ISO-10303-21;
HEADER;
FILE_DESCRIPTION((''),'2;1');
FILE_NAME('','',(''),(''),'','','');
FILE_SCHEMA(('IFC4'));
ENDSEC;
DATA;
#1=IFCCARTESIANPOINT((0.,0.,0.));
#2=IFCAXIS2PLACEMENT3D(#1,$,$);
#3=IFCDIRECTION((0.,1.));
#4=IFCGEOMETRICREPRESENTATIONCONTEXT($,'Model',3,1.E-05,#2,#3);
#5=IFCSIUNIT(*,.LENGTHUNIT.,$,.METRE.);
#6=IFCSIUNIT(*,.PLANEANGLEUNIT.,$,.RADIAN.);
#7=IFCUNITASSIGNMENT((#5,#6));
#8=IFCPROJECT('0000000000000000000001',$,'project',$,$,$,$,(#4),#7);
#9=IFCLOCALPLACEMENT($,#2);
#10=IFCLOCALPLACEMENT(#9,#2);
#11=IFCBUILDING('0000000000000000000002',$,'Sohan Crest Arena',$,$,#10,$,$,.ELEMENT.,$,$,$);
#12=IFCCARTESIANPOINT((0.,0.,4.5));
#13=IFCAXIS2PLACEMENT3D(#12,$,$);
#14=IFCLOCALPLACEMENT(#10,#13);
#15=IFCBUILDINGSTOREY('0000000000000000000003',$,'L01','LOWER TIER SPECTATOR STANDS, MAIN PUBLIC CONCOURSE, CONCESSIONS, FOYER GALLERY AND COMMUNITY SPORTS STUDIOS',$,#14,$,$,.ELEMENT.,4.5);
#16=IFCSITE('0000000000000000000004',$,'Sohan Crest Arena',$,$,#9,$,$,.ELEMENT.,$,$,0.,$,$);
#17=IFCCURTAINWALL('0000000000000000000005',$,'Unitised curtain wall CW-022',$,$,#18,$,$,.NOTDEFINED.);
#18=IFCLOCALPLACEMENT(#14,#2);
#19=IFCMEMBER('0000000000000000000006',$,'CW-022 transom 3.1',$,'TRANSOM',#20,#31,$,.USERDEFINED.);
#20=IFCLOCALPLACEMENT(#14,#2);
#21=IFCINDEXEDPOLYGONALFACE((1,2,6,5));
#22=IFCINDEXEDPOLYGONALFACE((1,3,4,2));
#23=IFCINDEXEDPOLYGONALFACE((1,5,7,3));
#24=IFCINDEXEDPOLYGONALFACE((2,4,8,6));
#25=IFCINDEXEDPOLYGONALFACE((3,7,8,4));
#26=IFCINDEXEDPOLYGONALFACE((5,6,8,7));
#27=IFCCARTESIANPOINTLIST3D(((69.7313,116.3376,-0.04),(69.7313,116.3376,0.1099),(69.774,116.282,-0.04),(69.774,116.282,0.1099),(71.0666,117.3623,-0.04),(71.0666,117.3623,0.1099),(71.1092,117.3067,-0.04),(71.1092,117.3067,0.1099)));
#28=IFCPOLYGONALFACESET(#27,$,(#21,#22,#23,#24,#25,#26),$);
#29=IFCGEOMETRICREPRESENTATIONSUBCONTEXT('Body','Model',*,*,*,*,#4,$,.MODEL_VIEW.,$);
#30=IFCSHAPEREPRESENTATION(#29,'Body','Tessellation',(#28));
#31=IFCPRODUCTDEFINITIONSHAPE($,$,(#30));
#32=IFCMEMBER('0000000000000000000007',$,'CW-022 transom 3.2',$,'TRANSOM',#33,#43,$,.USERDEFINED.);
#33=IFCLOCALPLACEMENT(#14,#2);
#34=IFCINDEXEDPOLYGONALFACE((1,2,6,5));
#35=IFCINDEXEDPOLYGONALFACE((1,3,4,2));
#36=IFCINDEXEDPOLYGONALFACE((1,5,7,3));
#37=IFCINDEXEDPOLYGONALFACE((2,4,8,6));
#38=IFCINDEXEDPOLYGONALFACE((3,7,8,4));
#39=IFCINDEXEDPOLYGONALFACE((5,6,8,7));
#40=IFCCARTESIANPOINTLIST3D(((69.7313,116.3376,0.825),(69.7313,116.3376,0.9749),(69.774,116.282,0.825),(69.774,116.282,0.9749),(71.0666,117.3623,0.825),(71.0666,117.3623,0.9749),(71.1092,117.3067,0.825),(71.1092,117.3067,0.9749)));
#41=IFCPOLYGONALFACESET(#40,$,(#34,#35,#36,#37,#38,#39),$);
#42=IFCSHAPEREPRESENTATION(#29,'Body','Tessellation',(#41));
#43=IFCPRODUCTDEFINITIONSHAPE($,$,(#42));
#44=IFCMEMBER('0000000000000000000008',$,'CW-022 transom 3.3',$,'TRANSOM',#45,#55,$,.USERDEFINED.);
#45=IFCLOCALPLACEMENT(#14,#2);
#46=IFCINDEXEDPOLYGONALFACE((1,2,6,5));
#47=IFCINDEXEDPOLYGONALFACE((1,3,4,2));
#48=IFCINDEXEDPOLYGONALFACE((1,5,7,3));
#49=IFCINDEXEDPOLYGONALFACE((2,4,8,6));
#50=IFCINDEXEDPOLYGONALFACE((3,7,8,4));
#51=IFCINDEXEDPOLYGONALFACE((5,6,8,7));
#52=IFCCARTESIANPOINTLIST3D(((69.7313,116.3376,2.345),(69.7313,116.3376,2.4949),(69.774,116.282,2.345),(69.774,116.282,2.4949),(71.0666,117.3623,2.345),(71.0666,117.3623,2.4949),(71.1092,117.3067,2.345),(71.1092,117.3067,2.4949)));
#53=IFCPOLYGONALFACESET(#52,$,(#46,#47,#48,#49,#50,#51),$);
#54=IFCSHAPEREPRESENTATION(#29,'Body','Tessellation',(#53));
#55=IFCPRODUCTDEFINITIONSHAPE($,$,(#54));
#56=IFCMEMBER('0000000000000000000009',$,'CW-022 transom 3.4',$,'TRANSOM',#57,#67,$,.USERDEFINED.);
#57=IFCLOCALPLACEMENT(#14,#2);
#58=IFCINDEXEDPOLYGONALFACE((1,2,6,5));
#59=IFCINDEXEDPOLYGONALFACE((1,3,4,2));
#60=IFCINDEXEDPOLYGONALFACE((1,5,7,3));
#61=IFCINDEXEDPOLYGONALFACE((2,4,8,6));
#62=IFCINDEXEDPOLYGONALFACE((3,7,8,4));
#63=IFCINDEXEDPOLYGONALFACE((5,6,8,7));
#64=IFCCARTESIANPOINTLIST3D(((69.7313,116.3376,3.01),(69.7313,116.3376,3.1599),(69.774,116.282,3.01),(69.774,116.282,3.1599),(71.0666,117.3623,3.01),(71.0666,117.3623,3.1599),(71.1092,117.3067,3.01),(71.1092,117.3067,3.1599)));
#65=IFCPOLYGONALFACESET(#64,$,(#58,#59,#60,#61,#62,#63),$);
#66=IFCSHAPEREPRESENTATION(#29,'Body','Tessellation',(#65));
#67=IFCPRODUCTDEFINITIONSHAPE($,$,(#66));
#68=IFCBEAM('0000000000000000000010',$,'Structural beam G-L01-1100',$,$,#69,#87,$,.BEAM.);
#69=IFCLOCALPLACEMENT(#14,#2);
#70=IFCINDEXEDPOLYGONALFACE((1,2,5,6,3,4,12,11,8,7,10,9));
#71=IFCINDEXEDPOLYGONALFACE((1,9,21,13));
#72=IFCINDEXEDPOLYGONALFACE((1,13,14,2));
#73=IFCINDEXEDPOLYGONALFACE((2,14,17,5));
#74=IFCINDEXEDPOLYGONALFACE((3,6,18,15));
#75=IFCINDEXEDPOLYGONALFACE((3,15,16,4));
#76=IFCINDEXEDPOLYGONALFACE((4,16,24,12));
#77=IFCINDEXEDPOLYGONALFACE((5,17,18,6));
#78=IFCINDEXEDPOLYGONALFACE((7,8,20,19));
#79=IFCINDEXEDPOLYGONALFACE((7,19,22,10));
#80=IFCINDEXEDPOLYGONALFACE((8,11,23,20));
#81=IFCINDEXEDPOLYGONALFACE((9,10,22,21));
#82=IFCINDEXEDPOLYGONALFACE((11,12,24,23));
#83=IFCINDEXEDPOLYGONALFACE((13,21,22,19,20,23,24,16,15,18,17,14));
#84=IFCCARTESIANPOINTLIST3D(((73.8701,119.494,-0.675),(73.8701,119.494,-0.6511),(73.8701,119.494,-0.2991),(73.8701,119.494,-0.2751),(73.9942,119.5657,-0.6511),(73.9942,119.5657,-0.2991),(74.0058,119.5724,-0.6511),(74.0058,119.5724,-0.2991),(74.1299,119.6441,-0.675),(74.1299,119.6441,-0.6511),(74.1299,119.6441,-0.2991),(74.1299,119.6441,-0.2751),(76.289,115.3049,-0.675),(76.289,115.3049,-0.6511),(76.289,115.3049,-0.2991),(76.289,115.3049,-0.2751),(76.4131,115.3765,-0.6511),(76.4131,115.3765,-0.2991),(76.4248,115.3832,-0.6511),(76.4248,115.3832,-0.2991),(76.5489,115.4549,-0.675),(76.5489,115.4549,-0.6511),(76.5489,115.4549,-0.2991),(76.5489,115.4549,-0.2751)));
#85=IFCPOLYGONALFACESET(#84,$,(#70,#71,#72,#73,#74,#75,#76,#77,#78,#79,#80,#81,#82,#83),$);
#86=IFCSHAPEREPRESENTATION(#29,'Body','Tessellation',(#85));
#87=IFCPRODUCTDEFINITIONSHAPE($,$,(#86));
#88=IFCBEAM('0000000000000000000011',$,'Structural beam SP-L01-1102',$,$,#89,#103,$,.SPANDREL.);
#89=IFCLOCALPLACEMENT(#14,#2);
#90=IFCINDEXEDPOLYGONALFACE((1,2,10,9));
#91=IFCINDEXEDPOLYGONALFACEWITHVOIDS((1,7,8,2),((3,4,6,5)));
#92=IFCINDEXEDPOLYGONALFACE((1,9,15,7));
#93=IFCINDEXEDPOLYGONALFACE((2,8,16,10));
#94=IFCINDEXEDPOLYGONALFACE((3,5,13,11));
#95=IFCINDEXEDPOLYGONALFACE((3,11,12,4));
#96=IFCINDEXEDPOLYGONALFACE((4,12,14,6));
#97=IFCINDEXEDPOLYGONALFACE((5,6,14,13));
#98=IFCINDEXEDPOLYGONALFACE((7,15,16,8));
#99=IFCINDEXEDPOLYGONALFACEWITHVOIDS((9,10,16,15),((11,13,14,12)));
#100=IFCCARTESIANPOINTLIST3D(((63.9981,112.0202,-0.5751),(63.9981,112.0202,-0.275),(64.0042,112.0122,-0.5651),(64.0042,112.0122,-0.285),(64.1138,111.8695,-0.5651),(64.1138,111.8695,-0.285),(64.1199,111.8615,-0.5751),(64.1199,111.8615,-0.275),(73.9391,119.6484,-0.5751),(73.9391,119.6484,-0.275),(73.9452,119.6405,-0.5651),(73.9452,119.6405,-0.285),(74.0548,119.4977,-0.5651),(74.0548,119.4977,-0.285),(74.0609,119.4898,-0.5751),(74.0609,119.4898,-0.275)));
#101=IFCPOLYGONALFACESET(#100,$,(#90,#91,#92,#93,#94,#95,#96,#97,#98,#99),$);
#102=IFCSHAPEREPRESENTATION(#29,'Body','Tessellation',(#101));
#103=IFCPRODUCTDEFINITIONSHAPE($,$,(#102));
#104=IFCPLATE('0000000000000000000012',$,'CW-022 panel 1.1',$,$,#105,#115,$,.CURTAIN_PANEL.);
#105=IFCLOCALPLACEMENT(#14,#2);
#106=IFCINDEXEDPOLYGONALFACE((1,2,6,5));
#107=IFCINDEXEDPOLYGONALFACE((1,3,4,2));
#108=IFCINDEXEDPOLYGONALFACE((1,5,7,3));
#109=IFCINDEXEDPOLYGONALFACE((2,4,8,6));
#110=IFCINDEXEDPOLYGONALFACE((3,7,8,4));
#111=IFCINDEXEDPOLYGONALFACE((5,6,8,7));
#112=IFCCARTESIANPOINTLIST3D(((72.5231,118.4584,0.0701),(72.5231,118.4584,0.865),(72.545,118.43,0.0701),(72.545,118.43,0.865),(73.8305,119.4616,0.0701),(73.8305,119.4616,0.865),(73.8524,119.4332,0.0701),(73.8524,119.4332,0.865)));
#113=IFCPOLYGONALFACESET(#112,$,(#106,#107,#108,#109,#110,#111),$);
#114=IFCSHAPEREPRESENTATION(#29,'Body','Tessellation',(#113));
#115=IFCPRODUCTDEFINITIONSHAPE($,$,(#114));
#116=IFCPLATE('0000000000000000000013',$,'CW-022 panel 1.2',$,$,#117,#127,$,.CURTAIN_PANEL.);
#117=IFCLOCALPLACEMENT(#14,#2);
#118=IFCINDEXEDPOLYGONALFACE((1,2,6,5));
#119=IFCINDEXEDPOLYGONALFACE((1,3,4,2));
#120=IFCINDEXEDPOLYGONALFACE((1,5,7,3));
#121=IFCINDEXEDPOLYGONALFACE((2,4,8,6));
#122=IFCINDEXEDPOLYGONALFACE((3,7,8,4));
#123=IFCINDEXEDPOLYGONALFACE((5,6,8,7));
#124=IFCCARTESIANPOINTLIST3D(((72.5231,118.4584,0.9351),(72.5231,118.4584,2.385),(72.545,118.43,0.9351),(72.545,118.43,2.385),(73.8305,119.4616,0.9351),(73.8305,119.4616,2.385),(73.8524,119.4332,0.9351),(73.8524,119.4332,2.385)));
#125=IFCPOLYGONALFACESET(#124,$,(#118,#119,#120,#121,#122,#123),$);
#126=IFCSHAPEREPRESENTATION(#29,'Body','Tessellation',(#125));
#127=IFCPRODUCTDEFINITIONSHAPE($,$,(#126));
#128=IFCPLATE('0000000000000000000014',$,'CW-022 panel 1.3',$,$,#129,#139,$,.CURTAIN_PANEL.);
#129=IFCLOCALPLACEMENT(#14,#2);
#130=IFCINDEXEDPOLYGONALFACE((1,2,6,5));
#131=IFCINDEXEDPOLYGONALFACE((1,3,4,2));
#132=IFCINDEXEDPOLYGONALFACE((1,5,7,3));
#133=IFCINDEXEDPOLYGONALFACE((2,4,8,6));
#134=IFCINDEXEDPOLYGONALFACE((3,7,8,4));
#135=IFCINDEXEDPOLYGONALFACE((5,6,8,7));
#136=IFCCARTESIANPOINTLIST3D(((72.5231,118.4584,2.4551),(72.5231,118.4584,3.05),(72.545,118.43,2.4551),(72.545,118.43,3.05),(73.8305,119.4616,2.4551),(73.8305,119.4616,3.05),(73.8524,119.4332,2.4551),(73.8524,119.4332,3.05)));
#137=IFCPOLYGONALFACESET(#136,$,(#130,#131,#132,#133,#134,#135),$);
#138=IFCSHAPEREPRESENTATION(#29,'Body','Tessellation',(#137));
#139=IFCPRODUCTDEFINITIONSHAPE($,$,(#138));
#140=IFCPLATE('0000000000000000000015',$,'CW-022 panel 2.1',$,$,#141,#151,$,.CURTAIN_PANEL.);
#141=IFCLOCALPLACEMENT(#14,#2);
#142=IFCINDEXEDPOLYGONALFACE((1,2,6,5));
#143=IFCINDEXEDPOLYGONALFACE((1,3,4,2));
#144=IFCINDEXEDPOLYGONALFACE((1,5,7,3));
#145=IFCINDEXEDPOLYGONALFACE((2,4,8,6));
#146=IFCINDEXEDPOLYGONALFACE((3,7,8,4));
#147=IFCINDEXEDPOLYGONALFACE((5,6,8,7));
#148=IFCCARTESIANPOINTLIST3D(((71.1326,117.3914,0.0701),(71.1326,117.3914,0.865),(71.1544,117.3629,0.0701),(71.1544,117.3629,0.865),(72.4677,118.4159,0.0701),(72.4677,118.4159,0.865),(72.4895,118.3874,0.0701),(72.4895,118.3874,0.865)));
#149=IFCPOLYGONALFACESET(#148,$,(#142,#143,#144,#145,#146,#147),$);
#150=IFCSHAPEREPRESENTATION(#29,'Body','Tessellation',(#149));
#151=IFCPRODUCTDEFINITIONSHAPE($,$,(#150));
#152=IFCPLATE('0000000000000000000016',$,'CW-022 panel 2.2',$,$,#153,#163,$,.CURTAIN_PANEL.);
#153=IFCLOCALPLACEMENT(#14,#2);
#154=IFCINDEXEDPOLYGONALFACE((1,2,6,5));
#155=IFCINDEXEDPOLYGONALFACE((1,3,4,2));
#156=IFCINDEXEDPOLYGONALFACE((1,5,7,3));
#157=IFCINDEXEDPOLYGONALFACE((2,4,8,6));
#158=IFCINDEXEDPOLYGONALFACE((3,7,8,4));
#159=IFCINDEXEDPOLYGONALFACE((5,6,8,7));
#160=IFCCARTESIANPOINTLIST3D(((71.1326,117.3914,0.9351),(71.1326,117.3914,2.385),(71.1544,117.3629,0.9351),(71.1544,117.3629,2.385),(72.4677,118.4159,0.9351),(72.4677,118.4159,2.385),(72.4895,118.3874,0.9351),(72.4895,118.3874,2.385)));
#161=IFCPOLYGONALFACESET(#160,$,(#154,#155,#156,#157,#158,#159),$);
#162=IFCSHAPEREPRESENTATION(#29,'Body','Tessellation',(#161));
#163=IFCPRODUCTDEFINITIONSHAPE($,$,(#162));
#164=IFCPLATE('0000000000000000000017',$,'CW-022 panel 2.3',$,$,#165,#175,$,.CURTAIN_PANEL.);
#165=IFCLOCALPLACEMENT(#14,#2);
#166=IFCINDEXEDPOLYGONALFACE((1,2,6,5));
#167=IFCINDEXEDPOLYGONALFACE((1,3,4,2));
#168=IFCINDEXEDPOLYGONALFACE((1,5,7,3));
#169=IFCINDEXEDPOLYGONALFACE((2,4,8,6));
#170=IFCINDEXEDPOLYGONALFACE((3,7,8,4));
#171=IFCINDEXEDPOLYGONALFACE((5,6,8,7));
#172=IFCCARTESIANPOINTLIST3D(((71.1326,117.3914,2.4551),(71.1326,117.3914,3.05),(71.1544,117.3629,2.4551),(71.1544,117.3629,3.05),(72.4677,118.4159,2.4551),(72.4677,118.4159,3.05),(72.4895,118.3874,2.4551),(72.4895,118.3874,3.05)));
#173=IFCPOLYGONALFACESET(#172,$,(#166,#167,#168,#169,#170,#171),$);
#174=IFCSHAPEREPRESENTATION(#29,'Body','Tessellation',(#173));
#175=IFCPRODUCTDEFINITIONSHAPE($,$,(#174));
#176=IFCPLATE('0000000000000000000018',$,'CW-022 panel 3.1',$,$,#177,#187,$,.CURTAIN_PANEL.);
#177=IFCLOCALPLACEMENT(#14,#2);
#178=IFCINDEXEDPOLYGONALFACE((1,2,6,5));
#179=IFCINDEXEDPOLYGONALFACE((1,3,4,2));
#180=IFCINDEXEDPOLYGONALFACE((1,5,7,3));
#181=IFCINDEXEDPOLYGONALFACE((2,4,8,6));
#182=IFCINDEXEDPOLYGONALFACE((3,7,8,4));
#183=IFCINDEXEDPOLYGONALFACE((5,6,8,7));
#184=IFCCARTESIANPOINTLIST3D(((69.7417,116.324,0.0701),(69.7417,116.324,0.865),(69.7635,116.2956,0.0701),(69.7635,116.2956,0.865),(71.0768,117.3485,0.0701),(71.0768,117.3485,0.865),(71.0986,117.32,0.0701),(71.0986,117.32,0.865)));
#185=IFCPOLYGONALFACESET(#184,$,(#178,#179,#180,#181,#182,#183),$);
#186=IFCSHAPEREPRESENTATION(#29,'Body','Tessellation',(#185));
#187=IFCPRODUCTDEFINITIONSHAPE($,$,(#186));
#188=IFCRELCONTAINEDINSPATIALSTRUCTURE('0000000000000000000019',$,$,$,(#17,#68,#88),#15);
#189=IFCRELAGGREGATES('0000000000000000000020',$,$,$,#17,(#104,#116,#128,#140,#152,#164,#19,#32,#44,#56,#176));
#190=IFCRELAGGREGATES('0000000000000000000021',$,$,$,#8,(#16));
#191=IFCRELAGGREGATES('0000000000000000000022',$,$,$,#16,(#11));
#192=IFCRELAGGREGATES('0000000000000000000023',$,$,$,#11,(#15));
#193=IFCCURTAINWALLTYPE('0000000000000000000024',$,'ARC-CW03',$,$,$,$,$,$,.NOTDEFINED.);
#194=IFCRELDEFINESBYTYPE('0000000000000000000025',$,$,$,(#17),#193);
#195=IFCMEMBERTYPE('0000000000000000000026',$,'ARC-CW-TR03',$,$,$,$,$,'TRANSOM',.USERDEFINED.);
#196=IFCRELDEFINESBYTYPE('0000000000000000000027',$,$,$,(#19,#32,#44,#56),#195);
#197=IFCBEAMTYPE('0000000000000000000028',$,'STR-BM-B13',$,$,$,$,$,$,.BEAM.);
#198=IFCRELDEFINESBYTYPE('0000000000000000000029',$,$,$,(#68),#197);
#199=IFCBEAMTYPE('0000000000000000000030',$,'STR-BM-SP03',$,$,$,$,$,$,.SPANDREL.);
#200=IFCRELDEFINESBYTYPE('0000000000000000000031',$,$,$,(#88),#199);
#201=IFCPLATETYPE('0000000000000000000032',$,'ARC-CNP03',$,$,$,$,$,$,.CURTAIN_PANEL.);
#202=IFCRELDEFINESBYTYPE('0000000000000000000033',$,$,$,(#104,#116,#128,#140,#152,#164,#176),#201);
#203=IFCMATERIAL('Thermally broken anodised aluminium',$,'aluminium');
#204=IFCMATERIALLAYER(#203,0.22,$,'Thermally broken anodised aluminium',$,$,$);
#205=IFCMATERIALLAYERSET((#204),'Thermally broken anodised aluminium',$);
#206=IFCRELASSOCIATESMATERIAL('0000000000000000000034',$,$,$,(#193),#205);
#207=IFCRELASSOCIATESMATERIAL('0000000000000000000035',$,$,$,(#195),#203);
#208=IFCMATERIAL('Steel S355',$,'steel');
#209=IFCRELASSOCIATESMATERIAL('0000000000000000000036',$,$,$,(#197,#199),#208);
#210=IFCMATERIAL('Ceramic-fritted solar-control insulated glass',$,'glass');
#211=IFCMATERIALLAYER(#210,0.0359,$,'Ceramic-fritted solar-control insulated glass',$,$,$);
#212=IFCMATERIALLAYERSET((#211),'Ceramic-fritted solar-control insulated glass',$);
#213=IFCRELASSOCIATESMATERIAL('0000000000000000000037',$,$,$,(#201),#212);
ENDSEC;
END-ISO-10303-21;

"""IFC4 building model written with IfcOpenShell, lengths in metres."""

from ifc_helpers import new_model, si_unit, direction, frame, origin, origin_2d, place, context, subcontext, project, spatial, rectangle, hollow_rectangle, i_section, extrude, material, layer, layer_set, material_profile, profile_set, type_object, element, aggregate, save


model = new_model("IFC4")

# Units and contexts
model_context = context("Model", 3, precision=1e-05, world=origin(), true_north=direction((0.0, 1.0)))
body_context = subcontext(model_context, "Body", "Model", "MODEL_VIEW")
ifc_project = project(units=[si_unit("LENGTHUNIT", "METRE"), si_unit("PLANEANGLEUNIT", "RADIAN")], contexts=[model_context])

# Site, building, storey
site_placement = place(None, origin())
site = spatial("IfcSite", under=ifc_project, at=site_placement, Name="Sohan Crest Arena", CompositionType="ELEMENT", RefElevation=0.0)
building_placement = place(site_placement, origin())
building = spatial("IfcBuilding", under=site, at=building_placement, Name="Sohan Crest Arena", CompositionType="ELEMENT")
storey_placement = place(building_placement, frame((0.0, 0.0, 4.5)))
storey = spatial("IfcBuildingStorey", under=building, at=storey_placement, Name="L01", Description="LOWER TIER SPECTATOR STANDS, MAIN PUBLIC CONCOURSE, CONCESSIONS, FOYER GALLERY AND COMMUNITY SPORTS STUDIOS", CompositionType="ELEMENT", Elevation=4.5)

# Shared definitions
ifc_material_1 = material(Name="Steel S355", Category="steel")

# Curtain wall, members
ifc_material_2 = material(Name="Thermally broken anodised aluminium", Category="aluminium")
ifc_layer_1 = layer(ifc_material_2, 0.22, Name="Thermally broken anodised aluminium")
ifc_layer_set_1 = layer_set([ifc_layer_1], Name="Thermally broken anodised aluminium")
curtain_wall_type = type_object("IfcCurtainWallType", Name="ARC-CW03", PredefinedType="NOTDEFINED", material=ifc_layer_set_1)
curtain_wall_placement = place(storey_placement, origin())
curtain_wall = element("IfcCurtainWall", 1, at=curtain_wall_placement, inside=storey, type_object=curtain_wall_type, Name="Unitised curtain wall CW-022", PredefinedType="NOTDEFINED")
ifc_material_profile_1 = material_profile(ifc_material_2, rectangle(XDim=0.0701, YDim=0.1499, at=origin_2d()), Name="ALU-TRAN 70x150")
ifc_profile_set_1 = profile_set([ifc_material_profile_1], Name="Thermally broken anodised aluminium")
member_type_1 = type_object("IfcMemberType", Name="ARC-CW-TR03", ElementType="TRANSOM", PredefinedType="USERDEFINED", material=ifc_profile_set_1)
member_1_placement = place(storey_placement, frame((71.0879, 117.3345, 0.0349), z_axis=(-0.793319, -0.608806, 0.0), x_axis=(0.608806, -0.793319, 0.0)))
member_1 = element("IfcMember", 2, at=member_1_placement, type_object=member_type_1, Name="CW-022 transom 3.1", ObjectType="TRANSOM", PredefinedType="USERDEFINED", context=body_context, shape_type="SweptSolid", body=[
    extrude(rectangle(XDim=0.0701, YDim=0.1499, at=origin_2d()), origin(), (0.0, 0.0, 1.0), 1.6831),
])
member_2_placement = place(storey_placement, frame((71.0879, 117.3345, 0.8999), z_axis=(-0.793319, -0.608806, 0.0), x_axis=(0.608806, -0.793319, 0.0)))
member_2 = element("IfcMember", 3, at=member_2_placement, type_object=member_type_1, Name="CW-022 transom 3.2", ObjectType="TRANSOM", PredefinedType="USERDEFINED", context=body_context, shape_type="SweptSolid", body=[
    extrude(rectangle(XDim=0.0701, YDim=0.1499, at=origin_2d()), origin(), (0.0, 0.0, 1.0), 1.6831),
])
member_3_placement = place(storey_placement, frame((71.0879, 117.3345, 2.4199), z_axis=(-0.793319, -0.608806, 0.0), x_axis=(0.608806, -0.793319, 0.0)))
member_3 = element("IfcMember", 4, at=member_3_placement, type_object=member_type_1, Name="CW-022 transom 3.3", ObjectType="TRANSOM", PredefinedType="USERDEFINED", context=body_context, shape_type="SweptSolid", body=[
    extrude(rectangle(XDim=0.0701, YDim=0.1499, at=origin_2d()), origin(), (0.0, 0.0, 1.0), 1.6831),
])
member_4_placement = place(storey_placement, frame((71.0879, 117.3345, 3.085), z_axis=(-0.793319, -0.608806, 0.0), x_axis=(0.608806, -0.793319, 0.0)))
member_4 = element("IfcMember", 5, at=member_4_placement, type_object=member_type_1, Name="CW-022 transom 3.4", ObjectType="TRANSOM", PredefinedType="USERDEFINED", context=body_context, shape_type="SweptSolid", body=[
    extrude(rectangle(XDim=0.0701, YDim=0.1499, at=origin_2d()), origin(), (0.0, 0.0, 1.0), 1.6831),
])

# Beams
ifc_material_profile_2 = material_profile(ifc_material_1, i_section(OverallWidth=0.3, OverallDepth=0.3999, WebThickness=0.0134, FlangeThickness=0.0239, at=origin_2d()), Name="HEB 400")
ifc_profile_set_2 = profile_set([ifc_material_profile_2], Name="Steel S355")
beam_type_1 = type_object("IfcBeamType", Name="STR-BM-B13", PredefinedType="BEAM", material=ifc_profile_set_2)
beam_1_placement = place(storey_placement, frame((76.4189, 115.3799, -0.4751), z_axis=(-0.500047, 0.865998, 0.0), x_axis=(-0.865998, -0.500047, 0.0)))
element("IfcBeam", 6, at=beam_1_placement, inside=storey, type_object=beam_type_1, Name="Structural beam G-L01-1100", PredefinedType="BEAM", context=body_context, shape_type="SweptSolid", body=[
    extrude(i_section(OverallWidth=0.3, OverallDepth=0.3999, WebThickness=0.0134, FlangeThickness=0.0239, at=origin_2d()), origin(), (0.0, 0.0, 1.0), 4.8374),
])
ifc_material_profile_3 = material_profile(ifc_material_1, hollow_rectangle(XDim=0.2, YDim=0.3, WallThickness=0.01, at=origin_2d()), Name="RHS 300x200x10")
ifc_profile_set_3 = profile_set([ifc_material_profile_3], Name="Steel S355")
beam_type_2 = type_object("IfcBeamType", Name="STR-BM-SP03", PredefinedType="SPANDREL", material=ifc_profile_set_3)
beam_2_placement = place(storey_placement, frame((74.0, 119.5691, -0.425), z_axis=(-0.793344, -0.608773, 0.0), x_axis=(0.608773, -0.793344, 0.0)))
element("IfcBeam", 7, at=beam_2_placement, inside=storey, type_object=beam_type_2, Name="Structural beam SP-L01-1102", PredefinedType="SPANDREL", context=body_context, shape_type="SweptSolid", body=[
    extrude(hollow_rectangle(XDim=0.2, YDim=0.3, WallThickness=0.01, at=origin_2d()), origin(), (0.0, 0.0, 1.0), 12.5305),
])

# Plates
ifc_material_3 = material(Name="Ceramic-fritted solar-control insulated glass", Category="glass")
ifc_layer_2 = layer(ifc_material_3, 0.0359, Name="Ceramic-fritted solar-control insulated glass")
ifc_layer_set_2 = layer_set([ifc_layer_2], Name="Ceramic-fritted solar-control insulated glass")
plate_type = type_object("IfcPlateType", Name="ARC-CNP03", PredefinedType="CURTAIN_PANEL", material=ifc_layer_set_2)
plate_1_placement = place(storey_placement, frame((73.1877, 118.9458, 0.0701), z_axis=(0.0, 0.0, 1.0), x_axis=(-0.793351, -0.608765, 0.0)))
plate_1 = element("IfcPlate", 8, at=plate_1_placement, type_object=plate_type, Name="CW-022 panel 1.1", PredefinedType="CURTAIN_PANEL", context=body_context, shape_type="SweptSolid", body=[
    extrude(rectangle(XDim=1.6479, YDim=0.0359, at=origin_2d()), origin(), (0.0, 0.0, 1.0), 0.7949),
])
plate_2_placement = place(storey_placement, frame((73.1877, 118.9458, 0.9351), z_axis=(0.0, 0.0, 1.0), x_axis=(-0.793351, -0.608765, 0.0)))
plate_2 = element("IfcPlate", 9, at=plate_2_placement, type_object=plate_type, Name="CW-022 panel 1.2", PredefinedType="CURTAIN_PANEL", context=body_context, shape_type="SweptSolid", body=[
    extrude(rectangle(XDim=1.6479, YDim=0.0359, at=origin_2d()), origin(), (0.0, 0.0, 1.0), 1.45),
])
plate_3_placement = place(storey_placement, frame((73.1877, 118.9458, 2.4551), z_axis=(0.0, 0.0, 1.0), x_axis=(-0.793351, -0.608765, 0.0)))
plate_3 = element("IfcPlate", 10, at=plate_3_placement, type_object=plate_type, Name="CW-022 panel 1.3", PredefinedType="CURTAIN_PANEL", context=body_context, shape_type="SweptSolid", body=[
    extrude(rectangle(XDim=1.6479, YDim=0.0359, at=origin_2d()), origin(), (0.0, 0.0, 1.0), 0.595),
])
plate_4_placement = place(storey_placement, frame((71.811, 117.8894, 0.0701), z_axis=(0.0, 0.0, 1.0), x_axis=(-0.793351, -0.608765, 0.0)))
plate_4 = element("IfcPlate", 11, at=plate_4_placement, type_object=plate_type, Name="CW-022 panel 2.1", PredefinedType="CURTAIN_PANEL", context=body_context, shape_type="SweptSolid", body=[
    extrude(rectangle(XDim=1.6829, YDim=0.0359, at=origin_2d()), origin(), (0.0, 0.0, 1.0), 0.7949),
])
plate_5_placement = place(storey_placement, frame((71.811, 117.8894, 0.9351), z_axis=(0.0, 0.0, 1.0), x_axis=(-0.793351, -0.608765, 0.0)))
plate_5 = element("IfcPlate", 12, at=plate_5_placement, type_object=plate_type, Name="CW-022 panel 2.2", PredefinedType="CURTAIN_PANEL", context=body_context, shape_type="SweptSolid", body=[
    extrude(rectangle(XDim=1.6829, YDim=0.0359, at=origin_2d()), origin(), (0.0, 0.0, 1.0), 1.45),
])
plate_6_placement = place(storey_placement, frame((71.811, 117.8894, 2.4551), z_axis=(0.0, 0.0, 1.0), x_axis=(-0.793351, -0.608765, 0.0)))
plate_6 = element("IfcPlate", 13, at=plate_6_placement, type_object=plate_type, Name="CW-022 panel 2.3", PredefinedType="CURTAIN_PANEL", context=body_context, shape_type="SweptSolid", body=[
    extrude(rectangle(XDim=1.6829, YDim=0.0359, at=origin_2d()), origin(), (0.0, 0.0, 1.0), 0.595),
])
plate_7_placement = place(storey_placement, frame((70.4202, 116.822, 0.0701), z_axis=(0.0, 0.0, 1.0), x_axis=(-0.793351, -0.608765, 0.0)))
plate_7 = element("IfcPlate", 14, at=plate_7_placement, type_object=plate_type, Name="CW-022 panel 3.1", PredefinedType="CURTAIN_PANEL", context=body_context, shape_type="SweptSolid", body=[
    extrude(rectangle(XDim=1.6829, YDim=0.0359, at=origin_2d()), origin(), (0.0, 0.0, 1.0), 0.7949),
])
aggregate(curtain_wall, [plate_1, plate_2, plate_3, plate_4, plate_5, plate_6, member_1, member_2, member_3, member_4, plate_7])

save(model, "model.ifc")
